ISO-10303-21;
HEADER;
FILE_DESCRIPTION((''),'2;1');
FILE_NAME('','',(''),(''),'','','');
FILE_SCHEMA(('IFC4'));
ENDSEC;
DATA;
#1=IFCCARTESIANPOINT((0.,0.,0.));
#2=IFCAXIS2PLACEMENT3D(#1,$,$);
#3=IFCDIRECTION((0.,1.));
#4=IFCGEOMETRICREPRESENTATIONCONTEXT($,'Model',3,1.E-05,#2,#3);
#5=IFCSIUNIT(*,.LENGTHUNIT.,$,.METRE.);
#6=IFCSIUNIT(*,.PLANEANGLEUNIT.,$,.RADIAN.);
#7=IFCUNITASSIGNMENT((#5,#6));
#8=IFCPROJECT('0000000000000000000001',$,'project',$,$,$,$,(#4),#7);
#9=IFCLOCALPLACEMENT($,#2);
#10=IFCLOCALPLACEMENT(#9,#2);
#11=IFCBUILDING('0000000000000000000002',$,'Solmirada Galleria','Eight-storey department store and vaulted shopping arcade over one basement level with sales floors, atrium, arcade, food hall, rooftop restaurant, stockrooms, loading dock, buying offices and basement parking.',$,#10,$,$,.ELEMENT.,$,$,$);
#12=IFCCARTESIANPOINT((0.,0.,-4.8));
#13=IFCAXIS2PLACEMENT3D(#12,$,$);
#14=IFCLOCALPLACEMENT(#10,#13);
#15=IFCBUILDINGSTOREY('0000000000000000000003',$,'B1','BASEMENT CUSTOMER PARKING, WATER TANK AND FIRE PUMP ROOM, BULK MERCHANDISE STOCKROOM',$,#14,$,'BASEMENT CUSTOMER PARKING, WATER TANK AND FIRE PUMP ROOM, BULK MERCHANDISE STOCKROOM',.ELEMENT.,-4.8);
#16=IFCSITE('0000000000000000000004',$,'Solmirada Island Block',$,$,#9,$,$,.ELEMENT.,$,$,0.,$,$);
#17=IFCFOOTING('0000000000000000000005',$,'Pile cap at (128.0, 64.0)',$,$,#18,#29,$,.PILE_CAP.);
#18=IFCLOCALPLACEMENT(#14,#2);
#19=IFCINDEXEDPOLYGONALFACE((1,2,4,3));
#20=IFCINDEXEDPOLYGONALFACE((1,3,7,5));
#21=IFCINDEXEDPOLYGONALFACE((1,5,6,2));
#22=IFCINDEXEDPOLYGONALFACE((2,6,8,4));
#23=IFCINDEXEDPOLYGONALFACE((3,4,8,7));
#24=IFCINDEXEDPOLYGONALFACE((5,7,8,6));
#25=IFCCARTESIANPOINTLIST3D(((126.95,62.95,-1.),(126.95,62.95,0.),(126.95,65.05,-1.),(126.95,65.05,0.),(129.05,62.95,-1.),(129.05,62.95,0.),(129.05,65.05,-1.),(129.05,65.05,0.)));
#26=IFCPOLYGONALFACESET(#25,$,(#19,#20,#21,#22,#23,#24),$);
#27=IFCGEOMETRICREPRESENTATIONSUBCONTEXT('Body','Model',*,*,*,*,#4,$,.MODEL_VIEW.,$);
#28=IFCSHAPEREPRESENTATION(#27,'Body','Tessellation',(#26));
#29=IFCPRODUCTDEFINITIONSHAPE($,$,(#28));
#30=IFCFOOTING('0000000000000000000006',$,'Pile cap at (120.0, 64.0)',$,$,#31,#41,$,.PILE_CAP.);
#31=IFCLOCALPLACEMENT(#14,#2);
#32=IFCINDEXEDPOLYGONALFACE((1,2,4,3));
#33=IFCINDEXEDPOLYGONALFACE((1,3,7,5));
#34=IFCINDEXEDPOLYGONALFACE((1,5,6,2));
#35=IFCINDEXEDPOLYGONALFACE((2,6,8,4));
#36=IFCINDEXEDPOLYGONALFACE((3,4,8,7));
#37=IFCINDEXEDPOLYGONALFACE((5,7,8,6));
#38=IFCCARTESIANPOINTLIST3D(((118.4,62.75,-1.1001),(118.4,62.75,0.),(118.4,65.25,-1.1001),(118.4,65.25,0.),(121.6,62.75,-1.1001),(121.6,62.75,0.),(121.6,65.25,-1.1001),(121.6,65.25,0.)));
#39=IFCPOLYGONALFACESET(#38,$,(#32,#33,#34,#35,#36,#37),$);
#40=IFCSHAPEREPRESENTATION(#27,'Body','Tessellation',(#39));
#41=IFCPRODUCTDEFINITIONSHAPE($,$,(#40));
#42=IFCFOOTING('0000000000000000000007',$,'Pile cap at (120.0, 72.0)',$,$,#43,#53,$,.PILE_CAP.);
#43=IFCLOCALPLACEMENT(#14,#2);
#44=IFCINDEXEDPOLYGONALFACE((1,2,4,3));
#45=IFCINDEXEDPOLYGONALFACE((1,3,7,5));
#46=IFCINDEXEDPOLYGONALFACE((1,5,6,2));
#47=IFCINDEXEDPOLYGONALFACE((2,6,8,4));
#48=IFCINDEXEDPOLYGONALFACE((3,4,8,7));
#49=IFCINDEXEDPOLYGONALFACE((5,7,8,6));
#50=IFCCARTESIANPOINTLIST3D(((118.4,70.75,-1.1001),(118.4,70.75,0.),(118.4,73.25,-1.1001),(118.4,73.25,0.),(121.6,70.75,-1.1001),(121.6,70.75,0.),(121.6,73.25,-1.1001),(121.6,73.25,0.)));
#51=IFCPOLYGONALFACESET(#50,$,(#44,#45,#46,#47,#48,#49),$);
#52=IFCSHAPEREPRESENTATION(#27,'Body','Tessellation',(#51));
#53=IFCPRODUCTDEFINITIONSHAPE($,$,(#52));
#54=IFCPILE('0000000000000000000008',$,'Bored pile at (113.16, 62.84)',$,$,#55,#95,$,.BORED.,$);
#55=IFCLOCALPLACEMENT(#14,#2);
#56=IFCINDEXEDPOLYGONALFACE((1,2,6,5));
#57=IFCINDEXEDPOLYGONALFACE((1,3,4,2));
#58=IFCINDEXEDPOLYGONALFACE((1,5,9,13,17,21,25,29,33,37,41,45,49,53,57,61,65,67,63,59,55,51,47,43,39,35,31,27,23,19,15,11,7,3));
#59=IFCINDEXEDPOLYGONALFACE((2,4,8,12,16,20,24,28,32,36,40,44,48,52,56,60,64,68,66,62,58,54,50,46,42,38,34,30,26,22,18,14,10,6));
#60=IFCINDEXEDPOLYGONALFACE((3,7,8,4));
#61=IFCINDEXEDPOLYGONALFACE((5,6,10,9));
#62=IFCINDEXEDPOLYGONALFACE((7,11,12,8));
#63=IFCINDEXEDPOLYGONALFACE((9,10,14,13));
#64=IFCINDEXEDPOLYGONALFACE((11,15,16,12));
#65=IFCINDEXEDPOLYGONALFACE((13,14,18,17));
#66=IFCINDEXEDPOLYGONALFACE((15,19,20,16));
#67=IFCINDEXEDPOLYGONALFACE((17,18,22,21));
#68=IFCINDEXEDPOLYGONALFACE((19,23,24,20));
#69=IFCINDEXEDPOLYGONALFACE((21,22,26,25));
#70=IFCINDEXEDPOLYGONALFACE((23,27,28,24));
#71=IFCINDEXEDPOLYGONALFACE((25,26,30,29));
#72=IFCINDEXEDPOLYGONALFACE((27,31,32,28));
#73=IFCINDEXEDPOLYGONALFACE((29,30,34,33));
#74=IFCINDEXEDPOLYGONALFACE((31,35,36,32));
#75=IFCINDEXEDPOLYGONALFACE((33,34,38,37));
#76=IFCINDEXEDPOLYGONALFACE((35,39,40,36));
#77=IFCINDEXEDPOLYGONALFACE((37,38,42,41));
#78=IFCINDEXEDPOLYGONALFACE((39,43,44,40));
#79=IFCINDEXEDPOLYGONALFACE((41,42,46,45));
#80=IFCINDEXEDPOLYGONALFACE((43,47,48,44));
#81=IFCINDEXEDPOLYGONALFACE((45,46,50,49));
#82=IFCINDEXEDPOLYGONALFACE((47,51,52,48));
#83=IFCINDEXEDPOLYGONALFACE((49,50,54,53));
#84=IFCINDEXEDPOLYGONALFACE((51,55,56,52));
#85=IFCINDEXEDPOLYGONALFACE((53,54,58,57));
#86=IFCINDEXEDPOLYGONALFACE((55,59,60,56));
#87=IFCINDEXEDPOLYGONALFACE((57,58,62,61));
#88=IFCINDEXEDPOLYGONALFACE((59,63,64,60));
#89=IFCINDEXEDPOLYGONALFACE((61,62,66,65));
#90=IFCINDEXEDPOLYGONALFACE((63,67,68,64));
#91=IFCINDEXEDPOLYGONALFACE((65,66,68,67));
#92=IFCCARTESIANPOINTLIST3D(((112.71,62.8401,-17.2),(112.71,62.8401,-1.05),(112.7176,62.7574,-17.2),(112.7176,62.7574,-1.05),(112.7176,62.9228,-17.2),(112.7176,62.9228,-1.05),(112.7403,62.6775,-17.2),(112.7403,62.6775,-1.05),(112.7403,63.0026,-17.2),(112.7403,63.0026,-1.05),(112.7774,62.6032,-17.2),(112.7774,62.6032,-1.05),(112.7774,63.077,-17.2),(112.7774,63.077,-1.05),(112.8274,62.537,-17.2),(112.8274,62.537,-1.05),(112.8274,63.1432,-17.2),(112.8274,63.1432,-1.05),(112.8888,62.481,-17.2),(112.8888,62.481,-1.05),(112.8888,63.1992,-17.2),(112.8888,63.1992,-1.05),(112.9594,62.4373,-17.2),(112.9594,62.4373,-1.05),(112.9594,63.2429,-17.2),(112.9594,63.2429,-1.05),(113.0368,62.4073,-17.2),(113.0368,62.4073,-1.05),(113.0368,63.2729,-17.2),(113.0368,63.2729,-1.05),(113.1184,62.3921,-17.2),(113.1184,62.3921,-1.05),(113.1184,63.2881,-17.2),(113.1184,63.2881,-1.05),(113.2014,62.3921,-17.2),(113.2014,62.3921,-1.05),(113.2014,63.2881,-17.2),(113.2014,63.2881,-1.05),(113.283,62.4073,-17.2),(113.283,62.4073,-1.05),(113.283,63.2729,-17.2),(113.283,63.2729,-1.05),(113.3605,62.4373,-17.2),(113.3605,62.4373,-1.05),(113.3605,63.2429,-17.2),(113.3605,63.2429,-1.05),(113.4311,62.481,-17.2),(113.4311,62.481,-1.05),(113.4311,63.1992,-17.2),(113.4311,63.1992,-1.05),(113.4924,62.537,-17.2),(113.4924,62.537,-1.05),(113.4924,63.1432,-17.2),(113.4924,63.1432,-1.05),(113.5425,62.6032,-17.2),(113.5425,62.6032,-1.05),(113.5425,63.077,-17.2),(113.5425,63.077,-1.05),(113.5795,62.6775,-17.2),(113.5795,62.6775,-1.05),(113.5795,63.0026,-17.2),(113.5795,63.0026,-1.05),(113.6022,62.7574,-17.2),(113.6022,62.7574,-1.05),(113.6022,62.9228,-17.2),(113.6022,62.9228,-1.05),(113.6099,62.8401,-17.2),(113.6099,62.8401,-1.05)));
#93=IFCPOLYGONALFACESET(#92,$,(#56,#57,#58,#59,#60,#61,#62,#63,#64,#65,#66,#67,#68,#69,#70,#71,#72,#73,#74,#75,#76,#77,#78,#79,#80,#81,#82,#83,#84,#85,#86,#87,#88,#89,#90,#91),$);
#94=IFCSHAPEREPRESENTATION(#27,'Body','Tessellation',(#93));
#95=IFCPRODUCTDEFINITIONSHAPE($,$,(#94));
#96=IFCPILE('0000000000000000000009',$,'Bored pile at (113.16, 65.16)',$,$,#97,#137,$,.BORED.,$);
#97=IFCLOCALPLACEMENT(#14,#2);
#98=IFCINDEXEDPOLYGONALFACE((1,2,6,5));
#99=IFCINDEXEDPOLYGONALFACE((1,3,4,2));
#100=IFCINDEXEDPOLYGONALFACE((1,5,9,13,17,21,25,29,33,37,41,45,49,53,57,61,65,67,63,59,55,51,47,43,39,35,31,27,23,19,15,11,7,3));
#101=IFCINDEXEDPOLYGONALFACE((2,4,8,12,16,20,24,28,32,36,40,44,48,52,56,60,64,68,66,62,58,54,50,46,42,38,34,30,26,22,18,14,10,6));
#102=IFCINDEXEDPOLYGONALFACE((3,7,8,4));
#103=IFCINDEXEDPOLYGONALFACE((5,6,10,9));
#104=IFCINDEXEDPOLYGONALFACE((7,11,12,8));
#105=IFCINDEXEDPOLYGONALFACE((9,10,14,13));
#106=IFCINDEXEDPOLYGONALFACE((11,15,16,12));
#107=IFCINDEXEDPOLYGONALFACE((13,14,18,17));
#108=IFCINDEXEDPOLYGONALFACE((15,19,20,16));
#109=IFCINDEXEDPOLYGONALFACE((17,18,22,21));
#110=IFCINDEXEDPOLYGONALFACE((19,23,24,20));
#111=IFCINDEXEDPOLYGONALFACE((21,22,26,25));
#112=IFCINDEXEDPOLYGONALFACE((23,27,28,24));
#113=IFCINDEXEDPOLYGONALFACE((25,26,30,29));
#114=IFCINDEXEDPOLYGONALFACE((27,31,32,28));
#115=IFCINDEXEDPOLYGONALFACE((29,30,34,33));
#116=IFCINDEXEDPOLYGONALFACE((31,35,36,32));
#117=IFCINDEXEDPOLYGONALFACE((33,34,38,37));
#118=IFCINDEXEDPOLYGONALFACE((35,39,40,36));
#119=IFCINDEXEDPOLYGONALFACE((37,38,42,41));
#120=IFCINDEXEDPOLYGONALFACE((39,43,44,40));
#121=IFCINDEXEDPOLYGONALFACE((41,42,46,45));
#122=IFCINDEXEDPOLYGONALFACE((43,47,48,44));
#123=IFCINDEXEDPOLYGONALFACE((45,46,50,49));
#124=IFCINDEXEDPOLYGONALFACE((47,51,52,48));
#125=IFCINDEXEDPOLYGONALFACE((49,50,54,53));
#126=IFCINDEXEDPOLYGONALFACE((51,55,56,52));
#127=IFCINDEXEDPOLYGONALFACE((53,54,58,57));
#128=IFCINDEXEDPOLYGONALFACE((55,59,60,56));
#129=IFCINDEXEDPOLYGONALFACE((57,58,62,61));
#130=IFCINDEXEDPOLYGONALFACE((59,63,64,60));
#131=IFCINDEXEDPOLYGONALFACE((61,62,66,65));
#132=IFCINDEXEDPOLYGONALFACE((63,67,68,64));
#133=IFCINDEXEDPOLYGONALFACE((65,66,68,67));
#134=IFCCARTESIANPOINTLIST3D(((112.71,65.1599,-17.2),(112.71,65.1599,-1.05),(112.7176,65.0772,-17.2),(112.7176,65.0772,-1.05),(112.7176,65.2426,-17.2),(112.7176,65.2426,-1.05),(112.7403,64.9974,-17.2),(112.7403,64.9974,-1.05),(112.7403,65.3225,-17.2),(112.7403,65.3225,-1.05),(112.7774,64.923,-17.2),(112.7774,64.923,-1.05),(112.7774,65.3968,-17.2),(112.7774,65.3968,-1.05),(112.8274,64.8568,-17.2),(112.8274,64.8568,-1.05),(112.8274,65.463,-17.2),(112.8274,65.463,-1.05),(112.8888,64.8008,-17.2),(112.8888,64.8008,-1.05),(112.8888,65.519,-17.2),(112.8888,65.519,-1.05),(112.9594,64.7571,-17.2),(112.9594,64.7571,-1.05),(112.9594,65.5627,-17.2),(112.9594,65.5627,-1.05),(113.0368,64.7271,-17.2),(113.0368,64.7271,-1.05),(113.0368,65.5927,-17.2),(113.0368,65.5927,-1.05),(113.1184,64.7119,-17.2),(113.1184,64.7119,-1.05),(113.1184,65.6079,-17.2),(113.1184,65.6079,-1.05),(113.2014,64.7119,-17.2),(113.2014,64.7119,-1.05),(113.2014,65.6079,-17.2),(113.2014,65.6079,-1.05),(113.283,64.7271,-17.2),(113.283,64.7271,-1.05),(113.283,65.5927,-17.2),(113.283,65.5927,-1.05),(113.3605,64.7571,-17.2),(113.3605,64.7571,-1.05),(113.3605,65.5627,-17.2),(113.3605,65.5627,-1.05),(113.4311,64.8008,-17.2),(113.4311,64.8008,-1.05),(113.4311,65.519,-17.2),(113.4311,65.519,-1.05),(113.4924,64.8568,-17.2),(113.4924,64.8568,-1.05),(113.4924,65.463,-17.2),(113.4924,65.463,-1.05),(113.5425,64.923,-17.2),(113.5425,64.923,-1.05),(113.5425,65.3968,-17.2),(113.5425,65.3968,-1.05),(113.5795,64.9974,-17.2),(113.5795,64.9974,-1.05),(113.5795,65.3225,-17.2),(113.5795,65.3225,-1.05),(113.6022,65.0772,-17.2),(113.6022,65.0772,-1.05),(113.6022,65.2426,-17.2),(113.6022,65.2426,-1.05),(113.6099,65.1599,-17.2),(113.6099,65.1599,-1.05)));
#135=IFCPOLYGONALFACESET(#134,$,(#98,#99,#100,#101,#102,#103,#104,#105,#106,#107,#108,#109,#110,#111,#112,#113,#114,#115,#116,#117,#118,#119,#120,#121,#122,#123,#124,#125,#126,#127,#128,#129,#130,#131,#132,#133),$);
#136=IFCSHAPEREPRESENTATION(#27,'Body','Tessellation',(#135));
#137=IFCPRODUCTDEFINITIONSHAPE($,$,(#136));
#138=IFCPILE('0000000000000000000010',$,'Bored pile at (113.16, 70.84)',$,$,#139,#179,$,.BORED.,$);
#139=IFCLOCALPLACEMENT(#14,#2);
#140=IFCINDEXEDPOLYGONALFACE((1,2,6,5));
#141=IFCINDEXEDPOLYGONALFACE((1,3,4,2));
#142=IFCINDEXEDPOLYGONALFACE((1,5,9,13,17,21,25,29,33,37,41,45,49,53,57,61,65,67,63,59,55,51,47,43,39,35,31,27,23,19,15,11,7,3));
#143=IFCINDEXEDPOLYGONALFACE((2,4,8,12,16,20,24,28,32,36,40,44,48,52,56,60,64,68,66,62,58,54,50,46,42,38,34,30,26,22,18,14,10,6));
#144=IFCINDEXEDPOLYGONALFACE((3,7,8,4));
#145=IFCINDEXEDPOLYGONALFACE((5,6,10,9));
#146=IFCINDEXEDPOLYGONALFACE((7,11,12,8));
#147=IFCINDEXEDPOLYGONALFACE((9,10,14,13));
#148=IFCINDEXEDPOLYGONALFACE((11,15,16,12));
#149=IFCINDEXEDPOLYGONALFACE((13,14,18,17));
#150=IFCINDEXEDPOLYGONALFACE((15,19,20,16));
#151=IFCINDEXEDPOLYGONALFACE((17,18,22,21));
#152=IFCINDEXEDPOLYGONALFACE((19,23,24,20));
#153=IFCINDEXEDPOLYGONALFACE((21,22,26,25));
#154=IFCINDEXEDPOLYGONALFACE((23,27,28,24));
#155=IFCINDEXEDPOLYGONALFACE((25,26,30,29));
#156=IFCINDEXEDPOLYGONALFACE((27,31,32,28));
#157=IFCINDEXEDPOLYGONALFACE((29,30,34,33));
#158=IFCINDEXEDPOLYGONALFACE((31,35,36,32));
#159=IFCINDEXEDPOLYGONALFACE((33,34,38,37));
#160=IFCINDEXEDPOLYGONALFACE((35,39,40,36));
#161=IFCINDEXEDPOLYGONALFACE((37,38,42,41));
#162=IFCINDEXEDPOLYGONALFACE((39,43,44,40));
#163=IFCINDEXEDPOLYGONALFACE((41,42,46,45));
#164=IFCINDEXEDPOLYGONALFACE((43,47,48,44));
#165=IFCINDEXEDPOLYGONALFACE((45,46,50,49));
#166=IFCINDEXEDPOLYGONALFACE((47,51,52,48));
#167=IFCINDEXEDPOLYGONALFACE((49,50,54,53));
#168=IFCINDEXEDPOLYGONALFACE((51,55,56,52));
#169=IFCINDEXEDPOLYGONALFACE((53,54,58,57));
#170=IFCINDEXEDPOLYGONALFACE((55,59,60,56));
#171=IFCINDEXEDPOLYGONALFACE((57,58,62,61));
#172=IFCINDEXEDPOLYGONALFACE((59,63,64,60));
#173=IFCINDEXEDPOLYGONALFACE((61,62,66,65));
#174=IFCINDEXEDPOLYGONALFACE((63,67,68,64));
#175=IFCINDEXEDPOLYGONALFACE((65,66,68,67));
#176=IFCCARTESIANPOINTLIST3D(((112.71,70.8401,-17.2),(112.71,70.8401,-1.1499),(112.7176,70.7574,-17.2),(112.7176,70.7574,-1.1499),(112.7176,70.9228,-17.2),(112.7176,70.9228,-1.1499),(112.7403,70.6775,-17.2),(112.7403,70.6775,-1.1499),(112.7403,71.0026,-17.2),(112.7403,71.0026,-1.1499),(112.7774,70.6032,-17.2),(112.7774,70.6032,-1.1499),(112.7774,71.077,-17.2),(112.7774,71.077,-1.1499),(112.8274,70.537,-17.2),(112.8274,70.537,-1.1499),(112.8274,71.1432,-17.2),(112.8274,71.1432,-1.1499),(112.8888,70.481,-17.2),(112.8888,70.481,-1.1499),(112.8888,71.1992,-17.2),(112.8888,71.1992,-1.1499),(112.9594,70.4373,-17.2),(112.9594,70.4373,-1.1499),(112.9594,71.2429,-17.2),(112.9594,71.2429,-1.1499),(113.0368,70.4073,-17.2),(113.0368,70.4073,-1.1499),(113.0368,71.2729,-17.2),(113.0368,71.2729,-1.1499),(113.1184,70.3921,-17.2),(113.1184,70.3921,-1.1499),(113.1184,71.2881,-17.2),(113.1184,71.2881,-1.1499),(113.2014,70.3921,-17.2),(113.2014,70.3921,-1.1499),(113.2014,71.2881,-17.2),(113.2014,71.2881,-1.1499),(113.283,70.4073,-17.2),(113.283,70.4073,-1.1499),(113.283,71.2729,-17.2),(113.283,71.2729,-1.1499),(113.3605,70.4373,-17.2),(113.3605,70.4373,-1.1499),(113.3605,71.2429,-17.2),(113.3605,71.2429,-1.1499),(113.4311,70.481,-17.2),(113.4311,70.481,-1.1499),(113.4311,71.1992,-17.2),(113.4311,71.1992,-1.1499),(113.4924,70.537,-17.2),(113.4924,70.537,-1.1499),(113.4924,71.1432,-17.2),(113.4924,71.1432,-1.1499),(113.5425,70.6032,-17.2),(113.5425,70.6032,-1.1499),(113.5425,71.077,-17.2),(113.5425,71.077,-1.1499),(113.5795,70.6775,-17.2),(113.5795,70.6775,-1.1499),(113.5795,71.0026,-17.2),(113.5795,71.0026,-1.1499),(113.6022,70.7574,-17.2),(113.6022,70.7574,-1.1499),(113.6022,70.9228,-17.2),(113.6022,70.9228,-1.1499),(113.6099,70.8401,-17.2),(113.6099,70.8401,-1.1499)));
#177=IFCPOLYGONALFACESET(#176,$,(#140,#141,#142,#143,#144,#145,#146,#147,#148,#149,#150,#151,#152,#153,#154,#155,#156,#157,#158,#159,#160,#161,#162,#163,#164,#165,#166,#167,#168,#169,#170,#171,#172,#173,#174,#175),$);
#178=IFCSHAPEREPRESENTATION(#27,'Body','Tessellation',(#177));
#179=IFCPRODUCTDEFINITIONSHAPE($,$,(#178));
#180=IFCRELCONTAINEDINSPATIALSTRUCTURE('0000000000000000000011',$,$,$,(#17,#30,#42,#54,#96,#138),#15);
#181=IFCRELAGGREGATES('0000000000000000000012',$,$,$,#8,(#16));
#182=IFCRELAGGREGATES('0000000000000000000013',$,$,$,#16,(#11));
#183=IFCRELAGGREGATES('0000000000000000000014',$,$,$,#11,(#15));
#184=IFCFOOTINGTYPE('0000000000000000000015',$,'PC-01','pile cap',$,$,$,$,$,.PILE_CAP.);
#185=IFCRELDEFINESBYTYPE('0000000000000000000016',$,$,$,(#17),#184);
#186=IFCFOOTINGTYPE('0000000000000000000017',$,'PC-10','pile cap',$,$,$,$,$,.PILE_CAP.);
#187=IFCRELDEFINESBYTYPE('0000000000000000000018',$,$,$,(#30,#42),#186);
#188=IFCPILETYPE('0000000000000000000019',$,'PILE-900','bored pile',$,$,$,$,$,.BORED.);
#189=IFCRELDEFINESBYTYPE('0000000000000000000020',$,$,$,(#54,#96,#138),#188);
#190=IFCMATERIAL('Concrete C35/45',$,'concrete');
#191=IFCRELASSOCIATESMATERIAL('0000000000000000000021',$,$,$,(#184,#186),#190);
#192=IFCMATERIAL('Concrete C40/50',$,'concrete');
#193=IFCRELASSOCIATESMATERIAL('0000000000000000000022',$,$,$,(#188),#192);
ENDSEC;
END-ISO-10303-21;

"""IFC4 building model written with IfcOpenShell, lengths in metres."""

from ifc_helpers import new_model, si_unit, direction, frame, origin, origin_2d, place, context, subcontext, project, spatial, rectangle, circle, extrude, material, material_profile, profile_set, type_object, element, save


model = new_model("IFC4")

# Units and contexts
model_context = context("Model", 3, precision=1e-05, world=origin(), true_north=direction((0.0, 1.0)))
body_context = subcontext(model_context, "Body", "Model", "MODEL_VIEW")
ifc_project = project(units=[si_unit("LENGTHUNIT", "METRE"), si_unit("PLANEANGLEUNIT", "RADIAN")], contexts=[model_context])

# Site, building, storey
site_placement = place(None, origin())
site = spatial("IfcSite", under=ifc_project, at=site_placement, Name="Solmirada Island Block", CompositionType="ELEMENT", RefElevation=0.0)
building_placement = place(site_placement, origin())
building = spatial("IfcBuilding", under=site, at=building_placement, Name="Solmirada Galleria", Description="Eight-storey department store and vaulted shopping arcade over one basement level with sales floors, atrium, arcade, food hall, rooftop restaurant, stockrooms, loading dock, buying offices and basement parking.", CompositionType="ELEMENT")
storey_placement = place(building_placement, frame((0.0, 0.0, -4.8)))
storey = spatial("IfcBuildingStorey", under=building, at=storey_placement, Name="B1", Description="BASEMENT CUSTOMER PARKING, WATER TANK AND FIRE PUMP ROOM, BULK MERCHANDISE STOCKROOM", LongName="BASEMENT CUSTOMER PARKING, WATER TANK AND FIRE PUMP ROOM, BULK MERCHANDISE STOCKROOM", CompositionType="ELEMENT", Elevation=-4.8)

# Footings
ifc_material_1 = material(Name="Concrete C35/45", Category="concrete")
footing_type_1 = type_object("IfcFootingType", Name="PC-01", Description="pile cap", PredefinedType="PILE_CAP", material=ifc_material_1)
footing_1_placement = place(storey_placement, frame((128.0, 64.0, -1.0), z_axis=(0.0, 0.0, 1.0), x_axis=(1.0, 0.0, 0.0)))
element("IfcFooting", 1, at=footing_1_placement, inside=storey, type_object=footing_type_1, Name="Pile cap at (128.0, 64.0)", PredefinedType="PILE_CAP", context=body_context, shape_type="SweptSolid", body=[
    extrude(rectangle(XDim=2.1001, YDim=2.1001, at=origin_2d()), origin(), (0.0, 0.0, 1.0), 1.0),
])
footing_type_2 = type_object("IfcFootingType", Name="PC-10", Description="pile cap", PredefinedType="PILE_CAP", material=ifc_material_1)
for number, where, z_axis, x_axis, name in (
    (2, (120.0, 64.0, -1.1001), (0.0, 0.0, 1.0), (1.0, 0.0, 0.0), "Pile cap at (120.0, 64.0)"),
    (3, (120.0, 72.0, -1.1001), (0.0, 0.0, 1.0), (1.0, 0.0, 0.0), "Pile cap at (120.0, 72.0)"),
):
    element("IfcFooting", number, at=place(storey_placement, frame(where, z_axis=z_axis, x_axis=x_axis)), inside=storey, type_object=footing_type_2, Name=name, PredefinedType="PILE_CAP", context=body_context, shape_type="SweptSolid", body=[
        extrude(rectangle(XDim=3.2, YDim=2.5, at=origin_2d()), origin(), (0.0, 0.0, 1.0), 1.1001),
    ])

# Piles
ifc_material_2 = material(Name="Concrete C40/50", Category="concrete")
ifc_material_profile_1 = material_profile(ifc_material_2, circle(Radius=0.45, at=origin_2d()), Name="PILE900")
ifc_profile_set_1 = profile_set([ifc_material_profile_1], Name="Concrete C40/50")
pile_type = type_object("IfcPileType", Name="PILE-900", Description="bored pile", PredefinedType="BORED", material=ifc_profile_set_1)
for number, where, z_axis, x_axis, name in (
    (4, (113.1599, 62.8401, -1.05), (0.0, 0.0, -1.0), (1.0, 0.0, 0.0), "Bored pile at (113.16, 62.84)"),
    (5, (113.1599, 65.1599, -1.05), (0.0, 0.0, -1.0), (1.0, 0.0, 0.0), "Bored pile at (113.16, 65.16)"),
):
    element("IfcPile", number, at=place(storey_placement, frame(where, z_axis=z_axis, x_axis=x_axis)), inside=storey, type_object=pile_type, Name=name, PredefinedType="BORED", context=body_context, shape_type="SweptSolid", body=[
        extrude(circle(Radius=0.45, at=origin_2d()), origin(), (0.0, 0.0, 1.0), 16.1499),
    ])
pile_1_placement = place(storey_placement, frame((113.1599, 70.8401, -1.1499), z_axis=(0.0, 0.0, -1.0), x_axis=(1.0, 0.0, 0.0)))
element("IfcPile", 6, at=pile_1_placement, inside=storey, type_object=pile_type, Name="Bored pile at (113.16, 70.84)", PredefinedType="BORED", context=body_context, shape_type="SweptSolid", body=[
    extrude(circle(Radius=0.45, at=origin_2d()), origin(), (0.0, 0.0, 1.0), 16.05),
])

save(model, "model.ifc")
